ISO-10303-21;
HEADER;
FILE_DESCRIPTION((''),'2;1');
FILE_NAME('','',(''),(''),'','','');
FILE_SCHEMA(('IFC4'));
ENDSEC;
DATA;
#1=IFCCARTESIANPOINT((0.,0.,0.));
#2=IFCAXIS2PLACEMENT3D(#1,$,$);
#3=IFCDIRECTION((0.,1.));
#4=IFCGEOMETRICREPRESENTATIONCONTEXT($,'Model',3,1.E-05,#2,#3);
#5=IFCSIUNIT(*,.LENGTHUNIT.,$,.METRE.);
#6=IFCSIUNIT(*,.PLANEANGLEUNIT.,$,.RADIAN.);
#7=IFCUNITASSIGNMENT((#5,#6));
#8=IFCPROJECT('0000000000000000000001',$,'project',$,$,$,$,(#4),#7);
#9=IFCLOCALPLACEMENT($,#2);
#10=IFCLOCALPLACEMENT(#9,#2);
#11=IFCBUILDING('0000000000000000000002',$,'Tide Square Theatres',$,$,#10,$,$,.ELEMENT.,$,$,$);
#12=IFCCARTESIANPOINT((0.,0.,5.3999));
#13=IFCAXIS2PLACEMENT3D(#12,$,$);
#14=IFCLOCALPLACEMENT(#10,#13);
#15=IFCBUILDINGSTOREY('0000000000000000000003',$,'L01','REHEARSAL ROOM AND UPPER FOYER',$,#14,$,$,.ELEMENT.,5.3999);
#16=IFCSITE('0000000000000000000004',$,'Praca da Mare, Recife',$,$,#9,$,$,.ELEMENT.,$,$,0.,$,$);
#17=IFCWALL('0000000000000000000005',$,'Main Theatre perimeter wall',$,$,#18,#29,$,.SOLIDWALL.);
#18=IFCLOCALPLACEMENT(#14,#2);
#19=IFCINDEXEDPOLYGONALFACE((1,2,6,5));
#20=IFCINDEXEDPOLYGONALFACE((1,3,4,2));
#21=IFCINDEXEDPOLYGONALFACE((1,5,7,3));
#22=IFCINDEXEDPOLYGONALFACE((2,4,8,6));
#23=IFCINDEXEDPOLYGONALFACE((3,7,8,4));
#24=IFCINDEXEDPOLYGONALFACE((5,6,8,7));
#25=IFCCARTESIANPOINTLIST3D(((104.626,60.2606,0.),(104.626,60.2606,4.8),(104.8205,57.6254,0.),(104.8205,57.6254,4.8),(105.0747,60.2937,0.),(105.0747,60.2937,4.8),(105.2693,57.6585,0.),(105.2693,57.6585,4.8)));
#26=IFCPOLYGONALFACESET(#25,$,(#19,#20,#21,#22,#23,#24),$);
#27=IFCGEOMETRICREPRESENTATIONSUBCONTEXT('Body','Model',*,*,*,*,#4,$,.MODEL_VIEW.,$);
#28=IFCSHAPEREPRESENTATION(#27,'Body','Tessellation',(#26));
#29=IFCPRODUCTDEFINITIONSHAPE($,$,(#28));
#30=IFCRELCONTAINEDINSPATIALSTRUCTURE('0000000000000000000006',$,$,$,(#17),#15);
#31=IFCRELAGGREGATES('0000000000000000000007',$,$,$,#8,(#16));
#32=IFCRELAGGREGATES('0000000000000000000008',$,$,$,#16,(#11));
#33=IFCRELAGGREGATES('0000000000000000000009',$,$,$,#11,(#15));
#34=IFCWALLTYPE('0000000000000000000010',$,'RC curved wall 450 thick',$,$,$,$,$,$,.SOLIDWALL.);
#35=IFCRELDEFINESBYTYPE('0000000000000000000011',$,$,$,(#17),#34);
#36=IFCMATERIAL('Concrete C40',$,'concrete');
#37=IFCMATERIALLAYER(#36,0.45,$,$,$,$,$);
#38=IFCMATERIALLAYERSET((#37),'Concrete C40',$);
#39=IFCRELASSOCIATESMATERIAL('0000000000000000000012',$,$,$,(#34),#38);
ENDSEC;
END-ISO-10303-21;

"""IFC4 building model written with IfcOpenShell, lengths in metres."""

from ifc_helpers import new_model, si_unit, direction, frame, frame_2d, origin, place, context, subcontext, project, spatial, rectangle, extrude, material, layer, layer_set, type_object, element, save


model = new_model("IFC4")

# Units and contexts
model_context = context("Model", 3, precision=1e-05, world=origin(), true_north=direction((0.0, 1.0)))
body_context = subcontext(model_context, "Body", "Model", "MODEL_VIEW")
ifc_project = project(units=[si_unit("LENGTHUNIT", "METRE"), si_unit("PLANEANGLEUNIT", "RADIAN")], contexts=[model_context])

# Site, building, storey
site_placement = place(None, origin())
site = spatial("IfcSite", under=ifc_project, at=site_placement, Name="Praca da Mare, Recife", CompositionType="ELEMENT", RefElevation=0.0)
building_placement = place(site_placement, origin())
building = spatial("IfcBuilding", under=site, at=building_placement, Name="Tide Square Theatres", CompositionType="ELEMENT")
storey_placement = place(building_placement, frame((0.0, 0.0, 5.3999)))
storey = spatial("IfcBuildingStorey", under=building, at=storey_placement, Name="L01", Description="REHEARSAL ROOM AND UPPER FOYER", CompositionType="ELEMENT", Elevation=5.3999)

# Wall
ifc_material_1 = material(Name="Concrete C40", Category="concrete")
ifc_layer_1 = layer(ifc_material_1, 0.45)
ifc_layer_set_1 = layer_set([ifc_layer_1], Name="Concrete C40")
wall_type = type_object("IfcWallType", Name="RC curved wall 450 thick", PredefinedType="SOLIDWALL", material=ifc_layer_set_1)
wall_1_placement = place(storey_placement, frame((105.0449, 57.6418, 0.0), z_axis=(0.0, 0.0, 1.0), x_axis=(-0.073637, 0.997285, 0.0)))
element("IfcWall", 1, at=wall_1_placement, inside=storey, type_object=wall_type, Name="Main Theatre perimeter wall", PredefinedType="SOLIDWALL", context=body_context, shape_type="SweptSolid", body=[
    extrude(rectangle(XDim=2.6423, YDim=0.45, at=frame_2d((1.3213, 0.0))), origin(), (0.0, 0.0, 1.0), 4.8),
])

save(model, "model.ifc")
